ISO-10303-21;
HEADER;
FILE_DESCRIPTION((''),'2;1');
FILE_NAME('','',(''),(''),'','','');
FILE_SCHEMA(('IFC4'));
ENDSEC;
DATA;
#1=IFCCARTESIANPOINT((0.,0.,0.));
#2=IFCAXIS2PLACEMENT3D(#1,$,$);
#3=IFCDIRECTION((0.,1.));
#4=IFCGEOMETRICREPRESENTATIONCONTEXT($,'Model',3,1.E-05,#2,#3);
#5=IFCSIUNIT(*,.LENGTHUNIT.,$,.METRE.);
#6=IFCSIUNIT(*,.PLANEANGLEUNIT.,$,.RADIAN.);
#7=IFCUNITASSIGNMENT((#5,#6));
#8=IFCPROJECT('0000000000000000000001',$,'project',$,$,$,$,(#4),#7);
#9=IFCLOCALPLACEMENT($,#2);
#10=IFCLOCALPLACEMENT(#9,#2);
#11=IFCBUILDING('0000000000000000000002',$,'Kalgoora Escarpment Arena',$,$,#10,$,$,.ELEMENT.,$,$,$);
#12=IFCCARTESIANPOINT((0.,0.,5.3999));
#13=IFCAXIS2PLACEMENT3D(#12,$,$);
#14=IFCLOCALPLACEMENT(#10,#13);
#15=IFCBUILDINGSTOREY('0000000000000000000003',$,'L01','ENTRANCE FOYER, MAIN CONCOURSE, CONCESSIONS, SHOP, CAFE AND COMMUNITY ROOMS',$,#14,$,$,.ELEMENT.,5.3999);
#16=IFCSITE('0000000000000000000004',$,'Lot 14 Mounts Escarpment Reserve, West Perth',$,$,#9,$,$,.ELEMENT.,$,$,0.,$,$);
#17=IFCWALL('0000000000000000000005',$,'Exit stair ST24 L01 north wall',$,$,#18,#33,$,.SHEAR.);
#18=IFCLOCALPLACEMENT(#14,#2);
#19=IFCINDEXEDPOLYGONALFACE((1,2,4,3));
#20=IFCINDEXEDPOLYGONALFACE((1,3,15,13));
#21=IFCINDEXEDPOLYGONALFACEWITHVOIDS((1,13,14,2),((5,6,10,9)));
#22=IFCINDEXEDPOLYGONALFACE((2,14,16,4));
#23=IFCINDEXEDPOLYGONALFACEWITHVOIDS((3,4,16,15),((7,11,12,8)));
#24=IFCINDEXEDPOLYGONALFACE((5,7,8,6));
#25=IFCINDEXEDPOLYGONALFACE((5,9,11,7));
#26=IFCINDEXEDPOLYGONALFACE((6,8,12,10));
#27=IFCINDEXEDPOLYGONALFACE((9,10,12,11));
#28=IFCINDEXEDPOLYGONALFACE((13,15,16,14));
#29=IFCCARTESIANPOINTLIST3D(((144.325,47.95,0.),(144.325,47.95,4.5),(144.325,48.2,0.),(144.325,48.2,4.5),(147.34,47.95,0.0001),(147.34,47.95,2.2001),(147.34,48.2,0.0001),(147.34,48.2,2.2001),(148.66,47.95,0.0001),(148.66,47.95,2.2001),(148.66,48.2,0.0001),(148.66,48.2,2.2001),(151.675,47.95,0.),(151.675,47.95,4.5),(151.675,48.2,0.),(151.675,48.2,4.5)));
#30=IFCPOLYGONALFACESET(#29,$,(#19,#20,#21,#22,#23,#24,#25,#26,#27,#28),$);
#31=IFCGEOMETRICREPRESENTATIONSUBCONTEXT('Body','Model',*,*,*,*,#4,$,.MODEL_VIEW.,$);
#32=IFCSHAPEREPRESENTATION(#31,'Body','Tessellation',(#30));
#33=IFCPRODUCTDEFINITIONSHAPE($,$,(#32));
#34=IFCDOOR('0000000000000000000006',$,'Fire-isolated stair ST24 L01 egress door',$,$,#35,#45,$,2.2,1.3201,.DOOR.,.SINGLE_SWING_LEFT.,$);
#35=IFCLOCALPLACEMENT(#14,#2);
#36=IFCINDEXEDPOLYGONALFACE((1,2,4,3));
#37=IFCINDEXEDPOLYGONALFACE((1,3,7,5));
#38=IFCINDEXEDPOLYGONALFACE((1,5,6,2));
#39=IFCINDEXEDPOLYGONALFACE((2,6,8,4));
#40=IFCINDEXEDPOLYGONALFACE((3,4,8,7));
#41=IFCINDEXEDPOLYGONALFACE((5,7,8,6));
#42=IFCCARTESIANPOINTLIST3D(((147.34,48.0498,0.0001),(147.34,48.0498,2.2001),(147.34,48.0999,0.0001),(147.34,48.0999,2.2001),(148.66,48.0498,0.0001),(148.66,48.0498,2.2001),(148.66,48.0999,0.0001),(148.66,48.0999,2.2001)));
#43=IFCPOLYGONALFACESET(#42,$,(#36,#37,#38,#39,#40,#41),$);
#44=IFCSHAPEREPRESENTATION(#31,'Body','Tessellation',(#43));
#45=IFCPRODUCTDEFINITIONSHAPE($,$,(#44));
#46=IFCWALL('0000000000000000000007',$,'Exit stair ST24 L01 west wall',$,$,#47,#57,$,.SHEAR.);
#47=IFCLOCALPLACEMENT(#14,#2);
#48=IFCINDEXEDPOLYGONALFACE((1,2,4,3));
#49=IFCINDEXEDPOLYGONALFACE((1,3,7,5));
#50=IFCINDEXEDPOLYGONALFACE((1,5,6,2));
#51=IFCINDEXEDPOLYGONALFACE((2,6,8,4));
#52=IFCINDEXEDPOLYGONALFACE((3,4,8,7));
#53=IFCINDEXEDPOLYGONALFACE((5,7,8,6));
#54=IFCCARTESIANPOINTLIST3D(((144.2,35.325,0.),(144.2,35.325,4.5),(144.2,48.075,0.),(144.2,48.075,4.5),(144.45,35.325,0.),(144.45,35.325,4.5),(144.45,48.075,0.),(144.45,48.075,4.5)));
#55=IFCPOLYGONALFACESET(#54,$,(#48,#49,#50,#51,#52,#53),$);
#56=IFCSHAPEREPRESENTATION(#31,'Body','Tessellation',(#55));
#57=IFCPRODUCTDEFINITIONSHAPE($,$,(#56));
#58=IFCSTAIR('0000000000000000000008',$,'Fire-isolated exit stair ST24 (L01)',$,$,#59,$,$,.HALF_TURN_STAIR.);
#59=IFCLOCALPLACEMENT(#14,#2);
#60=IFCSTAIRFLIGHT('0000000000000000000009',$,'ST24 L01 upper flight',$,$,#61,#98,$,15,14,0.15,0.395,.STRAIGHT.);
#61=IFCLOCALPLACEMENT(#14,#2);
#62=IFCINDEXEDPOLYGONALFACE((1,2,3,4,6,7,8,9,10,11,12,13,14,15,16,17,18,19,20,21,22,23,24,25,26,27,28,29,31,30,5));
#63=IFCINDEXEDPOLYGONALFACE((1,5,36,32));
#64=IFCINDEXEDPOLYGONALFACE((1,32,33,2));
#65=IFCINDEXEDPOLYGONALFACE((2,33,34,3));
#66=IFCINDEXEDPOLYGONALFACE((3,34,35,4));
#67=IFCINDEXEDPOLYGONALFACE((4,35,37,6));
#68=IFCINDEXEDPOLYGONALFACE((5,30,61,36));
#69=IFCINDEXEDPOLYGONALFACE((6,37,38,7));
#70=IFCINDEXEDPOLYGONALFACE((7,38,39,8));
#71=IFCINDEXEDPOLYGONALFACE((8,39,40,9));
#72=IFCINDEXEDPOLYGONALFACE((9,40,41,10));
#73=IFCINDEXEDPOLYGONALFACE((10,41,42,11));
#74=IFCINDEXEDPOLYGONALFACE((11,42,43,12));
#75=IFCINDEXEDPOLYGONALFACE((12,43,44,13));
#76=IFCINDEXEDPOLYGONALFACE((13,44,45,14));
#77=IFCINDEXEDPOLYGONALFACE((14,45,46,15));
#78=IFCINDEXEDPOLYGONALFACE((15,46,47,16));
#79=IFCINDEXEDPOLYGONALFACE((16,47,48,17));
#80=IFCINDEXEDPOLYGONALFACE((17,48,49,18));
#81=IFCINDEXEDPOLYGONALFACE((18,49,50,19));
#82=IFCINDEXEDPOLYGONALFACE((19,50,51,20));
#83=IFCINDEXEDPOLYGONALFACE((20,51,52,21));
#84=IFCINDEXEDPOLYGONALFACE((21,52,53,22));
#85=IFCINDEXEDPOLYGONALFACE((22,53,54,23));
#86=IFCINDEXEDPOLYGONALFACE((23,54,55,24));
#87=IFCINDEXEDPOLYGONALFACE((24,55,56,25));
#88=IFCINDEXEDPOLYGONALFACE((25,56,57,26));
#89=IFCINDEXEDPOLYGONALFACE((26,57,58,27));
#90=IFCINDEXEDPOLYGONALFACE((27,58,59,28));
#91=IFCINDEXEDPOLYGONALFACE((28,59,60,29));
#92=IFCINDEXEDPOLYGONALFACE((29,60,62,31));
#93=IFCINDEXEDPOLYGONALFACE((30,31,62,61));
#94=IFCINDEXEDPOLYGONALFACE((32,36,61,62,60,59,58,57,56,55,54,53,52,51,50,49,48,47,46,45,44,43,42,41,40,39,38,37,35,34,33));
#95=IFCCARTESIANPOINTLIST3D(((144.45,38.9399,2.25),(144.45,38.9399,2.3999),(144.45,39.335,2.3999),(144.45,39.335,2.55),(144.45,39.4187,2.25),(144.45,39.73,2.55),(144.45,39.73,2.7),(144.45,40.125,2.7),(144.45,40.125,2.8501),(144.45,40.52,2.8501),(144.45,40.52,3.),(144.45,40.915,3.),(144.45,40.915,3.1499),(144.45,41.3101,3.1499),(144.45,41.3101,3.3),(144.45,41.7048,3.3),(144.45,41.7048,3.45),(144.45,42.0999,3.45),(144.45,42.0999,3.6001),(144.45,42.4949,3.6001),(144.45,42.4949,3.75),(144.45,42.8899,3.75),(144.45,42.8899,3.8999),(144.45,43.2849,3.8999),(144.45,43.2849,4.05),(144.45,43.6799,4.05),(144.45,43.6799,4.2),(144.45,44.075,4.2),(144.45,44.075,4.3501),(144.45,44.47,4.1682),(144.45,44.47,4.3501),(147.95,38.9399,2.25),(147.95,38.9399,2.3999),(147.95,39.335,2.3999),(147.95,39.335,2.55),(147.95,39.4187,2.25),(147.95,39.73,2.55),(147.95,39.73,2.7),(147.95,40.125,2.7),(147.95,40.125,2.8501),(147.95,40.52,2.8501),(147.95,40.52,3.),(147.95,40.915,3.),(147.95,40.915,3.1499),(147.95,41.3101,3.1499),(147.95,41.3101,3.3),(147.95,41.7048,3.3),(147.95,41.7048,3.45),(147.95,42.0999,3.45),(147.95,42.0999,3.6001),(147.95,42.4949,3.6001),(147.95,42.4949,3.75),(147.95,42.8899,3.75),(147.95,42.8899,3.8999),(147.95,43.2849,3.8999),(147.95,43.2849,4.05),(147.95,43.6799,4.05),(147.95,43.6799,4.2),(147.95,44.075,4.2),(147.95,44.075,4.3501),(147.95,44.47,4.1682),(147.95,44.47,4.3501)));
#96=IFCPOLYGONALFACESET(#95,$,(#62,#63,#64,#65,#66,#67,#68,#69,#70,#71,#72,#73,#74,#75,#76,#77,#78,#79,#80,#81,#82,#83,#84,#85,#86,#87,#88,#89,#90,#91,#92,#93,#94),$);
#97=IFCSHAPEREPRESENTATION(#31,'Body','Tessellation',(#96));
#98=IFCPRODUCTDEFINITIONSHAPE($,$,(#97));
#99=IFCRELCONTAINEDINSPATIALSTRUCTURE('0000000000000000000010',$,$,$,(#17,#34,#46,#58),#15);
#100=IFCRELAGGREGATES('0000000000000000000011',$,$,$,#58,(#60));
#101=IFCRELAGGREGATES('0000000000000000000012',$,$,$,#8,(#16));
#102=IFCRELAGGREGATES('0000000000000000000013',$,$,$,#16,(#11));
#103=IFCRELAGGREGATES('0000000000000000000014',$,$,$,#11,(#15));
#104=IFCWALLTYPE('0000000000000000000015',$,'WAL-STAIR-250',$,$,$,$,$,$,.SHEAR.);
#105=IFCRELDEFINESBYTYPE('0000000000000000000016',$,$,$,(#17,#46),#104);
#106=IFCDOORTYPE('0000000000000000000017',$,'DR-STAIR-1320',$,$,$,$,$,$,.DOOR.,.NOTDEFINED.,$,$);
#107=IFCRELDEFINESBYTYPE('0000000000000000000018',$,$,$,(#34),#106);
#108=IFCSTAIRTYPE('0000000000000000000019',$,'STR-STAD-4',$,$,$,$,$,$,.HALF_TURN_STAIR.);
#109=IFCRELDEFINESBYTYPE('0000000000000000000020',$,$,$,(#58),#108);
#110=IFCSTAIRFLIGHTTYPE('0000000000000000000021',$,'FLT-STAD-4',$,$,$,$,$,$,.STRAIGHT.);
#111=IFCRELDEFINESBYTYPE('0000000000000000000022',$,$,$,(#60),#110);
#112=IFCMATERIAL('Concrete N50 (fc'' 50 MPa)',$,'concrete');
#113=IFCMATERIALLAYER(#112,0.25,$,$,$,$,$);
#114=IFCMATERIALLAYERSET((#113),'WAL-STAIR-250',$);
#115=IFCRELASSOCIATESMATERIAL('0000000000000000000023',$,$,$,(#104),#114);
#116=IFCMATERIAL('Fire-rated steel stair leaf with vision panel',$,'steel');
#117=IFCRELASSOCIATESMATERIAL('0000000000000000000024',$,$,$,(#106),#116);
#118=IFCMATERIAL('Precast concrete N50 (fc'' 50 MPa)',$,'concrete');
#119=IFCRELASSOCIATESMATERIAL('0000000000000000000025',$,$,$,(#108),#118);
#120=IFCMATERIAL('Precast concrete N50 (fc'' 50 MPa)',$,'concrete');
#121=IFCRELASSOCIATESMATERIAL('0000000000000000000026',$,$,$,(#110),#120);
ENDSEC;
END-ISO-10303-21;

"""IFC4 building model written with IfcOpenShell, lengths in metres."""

from ifc_helpers import new_model, si_unit, direction, frame, frame_2d, origin, place, context, subcontext, project, spatial, polyline, rectangle, outline, extrude, material, layer, layer_set, type_object, element, fill, aggregate, save


model = new_model("IFC4")

# Units and contexts
model_context = context("Model", 3, precision=1e-05, world=origin(), true_north=direction((0.0, 1.0)))
body_context = subcontext(model_context, "Body", "Model", "MODEL_VIEW")
ifc_project = project(units=[si_unit("LENGTHUNIT", "METRE"), si_unit("PLANEANGLEUNIT", "RADIAN")], contexts=[model_context])

# Site, building, storey
site_placement = place(None, origin())
site = spatial("IfcSite", under=ifc_project, at=site_placement, Name="Lot 14 Mounts Escarpment Reserve, West Perth", CompositionType="ELEMENT", RefElevation=0.0)
building_placement = place(site_placement, origin())
building = spatial("IfcBuilding", under=site, at=building_placement, Name="Kalgoora Escarpment Arena", CompositionType="ELEMENT")
storey_placement = place(building_placement, frame((0.0, 0.0, 5.3999)))
storey = spatial("IfcBuildingStorey", under=building, at=storey_placement, Name="L01", Description="ENTRANCE FOYER, MAIN CONCOURSE, CONCESSIONS, SHOP, CAFE AND COMMUNITY ROOMS", CompositionType="ELEMENT", Elevation=5.3999)

# Shared definitions
ifc_material_1 = material(Name="Concrete N50 (fc' 50 MPa)", Category="concrete")
ifc_layer_1 = layer(ifc_material_1, 0.25)
ifc_layer_set_1 = layer_set([ifc_layer_1], Name="WAL-STAIR-250")
wall_type_1 = type_object("IfcWallType", Name="WAL-STAIR-250", PredefinedType="SHEAR", material=ifc_layer_set_1)

# Wall, opening, door
wall_1_placement = place(storey_placement, frame((144.325, 48.075, 0.0), z_axis=(0.0, 0.0, 1.0), x_axis=(1.0, 0.0, 0.0)))
wall_1 = element("IfcWall", 1, at=wall_1_placement, inside=storey, type_object=wall_type_1, Name="Exit stair ST24 L01 north wall", PredefinedType="SHEAR", context=body_context, shape_type="SweptSolid", body=[
    extrude(rectangle(XDim=7.3501, YDim=0.25, at=frame_2d((3.675, 0.0))), origin(), (0.0, 0.0, 1.0), 4.5),
])
opening_1_placement = place(wall_1_placement, frame((3.0149, 0.0, 0.0)))
opening_1 = element("IfcOpeningElement", 2, at=opening_1_placement, cuts=wall_1, PredefinedType="OPENING", context=body_context, shape_type="SweptSolid", body=[
    extrude(rectangle(XDim=1.3201, YDim=2.2, at=frame_2d((0.6602, 1.1001))), frame((0.0, 0.135, 0.0), z_axis=(0.0, -1.0, 0.0), x_axis=(1.0, 0.0, 0.0)), (0.0, 0.0, 1.0), 0.27),
])
ifc_material_2 = material(Name="Fire-rated steel stair leaf with vision panel", Category="steel")
door_type_1 = type_object("IfcDoorType", Name="DR-STAIR-1320", OperationType="NOTDEFINED", PredefinedType="DOOR", material=ifc_material_2)
door_1_placement = place(opening_1_placement, origin())
door_1 = element("IfcDoor", 3, at=door_1_placement, inside=storey, type_object=door_type_1, Name="Fire-isolated stair ST24 L01 egress door", OperationType="SINGLE_SWING_LEFT", OverallHeight=2.2, OverallWidth=1.3201, PredefinedType="DOOR", context=body_context, shape_type="SweptSolid", body=[
    extrude(rectangle(XDim=1.3201, YDim=2.2, at=frame_2d((0.6602, 1.1001))), frame((0.0, 0.0249, 0.0), z_axis=(0.0, -1.0, 0.0), x_axis=(1.0, 0.0, 0.0)), (0.0, 0.0, 1.0), 0.05),
])
fill(opening_1, door_1)

# Wall
wall_2_placement = place(storey_placement, frame((144.325, 35.325, 0.0), z_axis=(0.0, 0.0, 1.0), x_axis=(0.0, 1.0, 0.0)))
element("IfcWall", 4, at=wall_2_placement, inside=storey, type_object=wall_type_1, Name="Exit stair ST24 L01 west wall", PredefinedType="SHEAR", context=body_context, shape_type="SweptSolid", body=[
    extrude(rectangle(XDim=12.75, YDim=0.25, at=frame_2d((6.375, 0.0))), origin(), (0.0, 0.0, 1.0), 4.5),
])

# Stair, stair flight
ifc_material_3 = material(Name="Precast concrete N50 (fc' 50 MPa)", Category="concrete")
stair_type = type_object("IfcStairType", Name="STR-STAD-4", PredefinedType="HALF_TURN_STAIR", material=ifc_material_3)
stair_placement = place(storey_placement, origin())
stair = element("IfcStair", 5, at=stair_placement, inside=storey, type_object=stair_type, Name="Fire-isolated exit stair ST24 (L01)", PredefinedType="HALF_TURN_STAIR")
ifc_material_4 = material(Name="Precast concrete N50 (fc' 50 MPa)", Category="concrete")
stair_flight_type = type_object("IfcStairFlightType", Name="FLT-STAD-4", PredefinedType="STRAIGHT", material=ifc_material_4)
stair_flight_placement = place(storey_placement, frame((146.2, 38.9399, 2.25), z_axis=(0.0, 0.0, 1.0), x_axis=(0.0, 1.0, 0.0)))
stair_flight = element("IfcStairFlight", 6, at=stair_flight_placement, type_object=stair_flight_type, Name="ST24 L01 upper flight", NumberOfRisers=15, NumberOfTreads=14, PredefinedType="STRAIGHT", RiserHeight=0.15, TreadLength=0.395, context=body_context, shape_type="SweptSolid", body=[
    extrude(outline(polyline([(0.0, 0.0), (0.0, 0.1499), (0.395, 0.1499), (0.395, 0.3), (0.79, 0.3), (0.79, 0.45), (1.1851, 0.45), (1.1851, 0.6001), (1.5801, 0.6001), (1.5801, 0.75), (1.9751, 0.75), (1.9751, 0.8999), (2.3701, 0.8999), (2.3701, 1.05), (2.7649, 1.05), (2.7649, 1.2), (3.1599, 1.2), (3.1599, 1.3501), (3.5549, 1.3501), (3.5549, 1.5), (3.95, 1.5), (3.95, 1.6499), (4.345, 1.6499), (4.345, 1.8), (4.74, 1.8), (4.74, 1.95), (5.135, 1.95), (5.135, 2.1001), (5.53, 2.1001), (5.53, 2.25), (5.53, 1.9182), (0.4788, 0.0), (0.0, 0.0)])), frame((0.0, 1.75, 0.0), z_axis=(0.0, -1.0, 0.0), x_axis=(1.0, 0.0, 0.0)), (0.0, 0.0, 1.0), 3.5),
])
aggregate(stair, [stair_flight])

save(model, "model.ifc")
